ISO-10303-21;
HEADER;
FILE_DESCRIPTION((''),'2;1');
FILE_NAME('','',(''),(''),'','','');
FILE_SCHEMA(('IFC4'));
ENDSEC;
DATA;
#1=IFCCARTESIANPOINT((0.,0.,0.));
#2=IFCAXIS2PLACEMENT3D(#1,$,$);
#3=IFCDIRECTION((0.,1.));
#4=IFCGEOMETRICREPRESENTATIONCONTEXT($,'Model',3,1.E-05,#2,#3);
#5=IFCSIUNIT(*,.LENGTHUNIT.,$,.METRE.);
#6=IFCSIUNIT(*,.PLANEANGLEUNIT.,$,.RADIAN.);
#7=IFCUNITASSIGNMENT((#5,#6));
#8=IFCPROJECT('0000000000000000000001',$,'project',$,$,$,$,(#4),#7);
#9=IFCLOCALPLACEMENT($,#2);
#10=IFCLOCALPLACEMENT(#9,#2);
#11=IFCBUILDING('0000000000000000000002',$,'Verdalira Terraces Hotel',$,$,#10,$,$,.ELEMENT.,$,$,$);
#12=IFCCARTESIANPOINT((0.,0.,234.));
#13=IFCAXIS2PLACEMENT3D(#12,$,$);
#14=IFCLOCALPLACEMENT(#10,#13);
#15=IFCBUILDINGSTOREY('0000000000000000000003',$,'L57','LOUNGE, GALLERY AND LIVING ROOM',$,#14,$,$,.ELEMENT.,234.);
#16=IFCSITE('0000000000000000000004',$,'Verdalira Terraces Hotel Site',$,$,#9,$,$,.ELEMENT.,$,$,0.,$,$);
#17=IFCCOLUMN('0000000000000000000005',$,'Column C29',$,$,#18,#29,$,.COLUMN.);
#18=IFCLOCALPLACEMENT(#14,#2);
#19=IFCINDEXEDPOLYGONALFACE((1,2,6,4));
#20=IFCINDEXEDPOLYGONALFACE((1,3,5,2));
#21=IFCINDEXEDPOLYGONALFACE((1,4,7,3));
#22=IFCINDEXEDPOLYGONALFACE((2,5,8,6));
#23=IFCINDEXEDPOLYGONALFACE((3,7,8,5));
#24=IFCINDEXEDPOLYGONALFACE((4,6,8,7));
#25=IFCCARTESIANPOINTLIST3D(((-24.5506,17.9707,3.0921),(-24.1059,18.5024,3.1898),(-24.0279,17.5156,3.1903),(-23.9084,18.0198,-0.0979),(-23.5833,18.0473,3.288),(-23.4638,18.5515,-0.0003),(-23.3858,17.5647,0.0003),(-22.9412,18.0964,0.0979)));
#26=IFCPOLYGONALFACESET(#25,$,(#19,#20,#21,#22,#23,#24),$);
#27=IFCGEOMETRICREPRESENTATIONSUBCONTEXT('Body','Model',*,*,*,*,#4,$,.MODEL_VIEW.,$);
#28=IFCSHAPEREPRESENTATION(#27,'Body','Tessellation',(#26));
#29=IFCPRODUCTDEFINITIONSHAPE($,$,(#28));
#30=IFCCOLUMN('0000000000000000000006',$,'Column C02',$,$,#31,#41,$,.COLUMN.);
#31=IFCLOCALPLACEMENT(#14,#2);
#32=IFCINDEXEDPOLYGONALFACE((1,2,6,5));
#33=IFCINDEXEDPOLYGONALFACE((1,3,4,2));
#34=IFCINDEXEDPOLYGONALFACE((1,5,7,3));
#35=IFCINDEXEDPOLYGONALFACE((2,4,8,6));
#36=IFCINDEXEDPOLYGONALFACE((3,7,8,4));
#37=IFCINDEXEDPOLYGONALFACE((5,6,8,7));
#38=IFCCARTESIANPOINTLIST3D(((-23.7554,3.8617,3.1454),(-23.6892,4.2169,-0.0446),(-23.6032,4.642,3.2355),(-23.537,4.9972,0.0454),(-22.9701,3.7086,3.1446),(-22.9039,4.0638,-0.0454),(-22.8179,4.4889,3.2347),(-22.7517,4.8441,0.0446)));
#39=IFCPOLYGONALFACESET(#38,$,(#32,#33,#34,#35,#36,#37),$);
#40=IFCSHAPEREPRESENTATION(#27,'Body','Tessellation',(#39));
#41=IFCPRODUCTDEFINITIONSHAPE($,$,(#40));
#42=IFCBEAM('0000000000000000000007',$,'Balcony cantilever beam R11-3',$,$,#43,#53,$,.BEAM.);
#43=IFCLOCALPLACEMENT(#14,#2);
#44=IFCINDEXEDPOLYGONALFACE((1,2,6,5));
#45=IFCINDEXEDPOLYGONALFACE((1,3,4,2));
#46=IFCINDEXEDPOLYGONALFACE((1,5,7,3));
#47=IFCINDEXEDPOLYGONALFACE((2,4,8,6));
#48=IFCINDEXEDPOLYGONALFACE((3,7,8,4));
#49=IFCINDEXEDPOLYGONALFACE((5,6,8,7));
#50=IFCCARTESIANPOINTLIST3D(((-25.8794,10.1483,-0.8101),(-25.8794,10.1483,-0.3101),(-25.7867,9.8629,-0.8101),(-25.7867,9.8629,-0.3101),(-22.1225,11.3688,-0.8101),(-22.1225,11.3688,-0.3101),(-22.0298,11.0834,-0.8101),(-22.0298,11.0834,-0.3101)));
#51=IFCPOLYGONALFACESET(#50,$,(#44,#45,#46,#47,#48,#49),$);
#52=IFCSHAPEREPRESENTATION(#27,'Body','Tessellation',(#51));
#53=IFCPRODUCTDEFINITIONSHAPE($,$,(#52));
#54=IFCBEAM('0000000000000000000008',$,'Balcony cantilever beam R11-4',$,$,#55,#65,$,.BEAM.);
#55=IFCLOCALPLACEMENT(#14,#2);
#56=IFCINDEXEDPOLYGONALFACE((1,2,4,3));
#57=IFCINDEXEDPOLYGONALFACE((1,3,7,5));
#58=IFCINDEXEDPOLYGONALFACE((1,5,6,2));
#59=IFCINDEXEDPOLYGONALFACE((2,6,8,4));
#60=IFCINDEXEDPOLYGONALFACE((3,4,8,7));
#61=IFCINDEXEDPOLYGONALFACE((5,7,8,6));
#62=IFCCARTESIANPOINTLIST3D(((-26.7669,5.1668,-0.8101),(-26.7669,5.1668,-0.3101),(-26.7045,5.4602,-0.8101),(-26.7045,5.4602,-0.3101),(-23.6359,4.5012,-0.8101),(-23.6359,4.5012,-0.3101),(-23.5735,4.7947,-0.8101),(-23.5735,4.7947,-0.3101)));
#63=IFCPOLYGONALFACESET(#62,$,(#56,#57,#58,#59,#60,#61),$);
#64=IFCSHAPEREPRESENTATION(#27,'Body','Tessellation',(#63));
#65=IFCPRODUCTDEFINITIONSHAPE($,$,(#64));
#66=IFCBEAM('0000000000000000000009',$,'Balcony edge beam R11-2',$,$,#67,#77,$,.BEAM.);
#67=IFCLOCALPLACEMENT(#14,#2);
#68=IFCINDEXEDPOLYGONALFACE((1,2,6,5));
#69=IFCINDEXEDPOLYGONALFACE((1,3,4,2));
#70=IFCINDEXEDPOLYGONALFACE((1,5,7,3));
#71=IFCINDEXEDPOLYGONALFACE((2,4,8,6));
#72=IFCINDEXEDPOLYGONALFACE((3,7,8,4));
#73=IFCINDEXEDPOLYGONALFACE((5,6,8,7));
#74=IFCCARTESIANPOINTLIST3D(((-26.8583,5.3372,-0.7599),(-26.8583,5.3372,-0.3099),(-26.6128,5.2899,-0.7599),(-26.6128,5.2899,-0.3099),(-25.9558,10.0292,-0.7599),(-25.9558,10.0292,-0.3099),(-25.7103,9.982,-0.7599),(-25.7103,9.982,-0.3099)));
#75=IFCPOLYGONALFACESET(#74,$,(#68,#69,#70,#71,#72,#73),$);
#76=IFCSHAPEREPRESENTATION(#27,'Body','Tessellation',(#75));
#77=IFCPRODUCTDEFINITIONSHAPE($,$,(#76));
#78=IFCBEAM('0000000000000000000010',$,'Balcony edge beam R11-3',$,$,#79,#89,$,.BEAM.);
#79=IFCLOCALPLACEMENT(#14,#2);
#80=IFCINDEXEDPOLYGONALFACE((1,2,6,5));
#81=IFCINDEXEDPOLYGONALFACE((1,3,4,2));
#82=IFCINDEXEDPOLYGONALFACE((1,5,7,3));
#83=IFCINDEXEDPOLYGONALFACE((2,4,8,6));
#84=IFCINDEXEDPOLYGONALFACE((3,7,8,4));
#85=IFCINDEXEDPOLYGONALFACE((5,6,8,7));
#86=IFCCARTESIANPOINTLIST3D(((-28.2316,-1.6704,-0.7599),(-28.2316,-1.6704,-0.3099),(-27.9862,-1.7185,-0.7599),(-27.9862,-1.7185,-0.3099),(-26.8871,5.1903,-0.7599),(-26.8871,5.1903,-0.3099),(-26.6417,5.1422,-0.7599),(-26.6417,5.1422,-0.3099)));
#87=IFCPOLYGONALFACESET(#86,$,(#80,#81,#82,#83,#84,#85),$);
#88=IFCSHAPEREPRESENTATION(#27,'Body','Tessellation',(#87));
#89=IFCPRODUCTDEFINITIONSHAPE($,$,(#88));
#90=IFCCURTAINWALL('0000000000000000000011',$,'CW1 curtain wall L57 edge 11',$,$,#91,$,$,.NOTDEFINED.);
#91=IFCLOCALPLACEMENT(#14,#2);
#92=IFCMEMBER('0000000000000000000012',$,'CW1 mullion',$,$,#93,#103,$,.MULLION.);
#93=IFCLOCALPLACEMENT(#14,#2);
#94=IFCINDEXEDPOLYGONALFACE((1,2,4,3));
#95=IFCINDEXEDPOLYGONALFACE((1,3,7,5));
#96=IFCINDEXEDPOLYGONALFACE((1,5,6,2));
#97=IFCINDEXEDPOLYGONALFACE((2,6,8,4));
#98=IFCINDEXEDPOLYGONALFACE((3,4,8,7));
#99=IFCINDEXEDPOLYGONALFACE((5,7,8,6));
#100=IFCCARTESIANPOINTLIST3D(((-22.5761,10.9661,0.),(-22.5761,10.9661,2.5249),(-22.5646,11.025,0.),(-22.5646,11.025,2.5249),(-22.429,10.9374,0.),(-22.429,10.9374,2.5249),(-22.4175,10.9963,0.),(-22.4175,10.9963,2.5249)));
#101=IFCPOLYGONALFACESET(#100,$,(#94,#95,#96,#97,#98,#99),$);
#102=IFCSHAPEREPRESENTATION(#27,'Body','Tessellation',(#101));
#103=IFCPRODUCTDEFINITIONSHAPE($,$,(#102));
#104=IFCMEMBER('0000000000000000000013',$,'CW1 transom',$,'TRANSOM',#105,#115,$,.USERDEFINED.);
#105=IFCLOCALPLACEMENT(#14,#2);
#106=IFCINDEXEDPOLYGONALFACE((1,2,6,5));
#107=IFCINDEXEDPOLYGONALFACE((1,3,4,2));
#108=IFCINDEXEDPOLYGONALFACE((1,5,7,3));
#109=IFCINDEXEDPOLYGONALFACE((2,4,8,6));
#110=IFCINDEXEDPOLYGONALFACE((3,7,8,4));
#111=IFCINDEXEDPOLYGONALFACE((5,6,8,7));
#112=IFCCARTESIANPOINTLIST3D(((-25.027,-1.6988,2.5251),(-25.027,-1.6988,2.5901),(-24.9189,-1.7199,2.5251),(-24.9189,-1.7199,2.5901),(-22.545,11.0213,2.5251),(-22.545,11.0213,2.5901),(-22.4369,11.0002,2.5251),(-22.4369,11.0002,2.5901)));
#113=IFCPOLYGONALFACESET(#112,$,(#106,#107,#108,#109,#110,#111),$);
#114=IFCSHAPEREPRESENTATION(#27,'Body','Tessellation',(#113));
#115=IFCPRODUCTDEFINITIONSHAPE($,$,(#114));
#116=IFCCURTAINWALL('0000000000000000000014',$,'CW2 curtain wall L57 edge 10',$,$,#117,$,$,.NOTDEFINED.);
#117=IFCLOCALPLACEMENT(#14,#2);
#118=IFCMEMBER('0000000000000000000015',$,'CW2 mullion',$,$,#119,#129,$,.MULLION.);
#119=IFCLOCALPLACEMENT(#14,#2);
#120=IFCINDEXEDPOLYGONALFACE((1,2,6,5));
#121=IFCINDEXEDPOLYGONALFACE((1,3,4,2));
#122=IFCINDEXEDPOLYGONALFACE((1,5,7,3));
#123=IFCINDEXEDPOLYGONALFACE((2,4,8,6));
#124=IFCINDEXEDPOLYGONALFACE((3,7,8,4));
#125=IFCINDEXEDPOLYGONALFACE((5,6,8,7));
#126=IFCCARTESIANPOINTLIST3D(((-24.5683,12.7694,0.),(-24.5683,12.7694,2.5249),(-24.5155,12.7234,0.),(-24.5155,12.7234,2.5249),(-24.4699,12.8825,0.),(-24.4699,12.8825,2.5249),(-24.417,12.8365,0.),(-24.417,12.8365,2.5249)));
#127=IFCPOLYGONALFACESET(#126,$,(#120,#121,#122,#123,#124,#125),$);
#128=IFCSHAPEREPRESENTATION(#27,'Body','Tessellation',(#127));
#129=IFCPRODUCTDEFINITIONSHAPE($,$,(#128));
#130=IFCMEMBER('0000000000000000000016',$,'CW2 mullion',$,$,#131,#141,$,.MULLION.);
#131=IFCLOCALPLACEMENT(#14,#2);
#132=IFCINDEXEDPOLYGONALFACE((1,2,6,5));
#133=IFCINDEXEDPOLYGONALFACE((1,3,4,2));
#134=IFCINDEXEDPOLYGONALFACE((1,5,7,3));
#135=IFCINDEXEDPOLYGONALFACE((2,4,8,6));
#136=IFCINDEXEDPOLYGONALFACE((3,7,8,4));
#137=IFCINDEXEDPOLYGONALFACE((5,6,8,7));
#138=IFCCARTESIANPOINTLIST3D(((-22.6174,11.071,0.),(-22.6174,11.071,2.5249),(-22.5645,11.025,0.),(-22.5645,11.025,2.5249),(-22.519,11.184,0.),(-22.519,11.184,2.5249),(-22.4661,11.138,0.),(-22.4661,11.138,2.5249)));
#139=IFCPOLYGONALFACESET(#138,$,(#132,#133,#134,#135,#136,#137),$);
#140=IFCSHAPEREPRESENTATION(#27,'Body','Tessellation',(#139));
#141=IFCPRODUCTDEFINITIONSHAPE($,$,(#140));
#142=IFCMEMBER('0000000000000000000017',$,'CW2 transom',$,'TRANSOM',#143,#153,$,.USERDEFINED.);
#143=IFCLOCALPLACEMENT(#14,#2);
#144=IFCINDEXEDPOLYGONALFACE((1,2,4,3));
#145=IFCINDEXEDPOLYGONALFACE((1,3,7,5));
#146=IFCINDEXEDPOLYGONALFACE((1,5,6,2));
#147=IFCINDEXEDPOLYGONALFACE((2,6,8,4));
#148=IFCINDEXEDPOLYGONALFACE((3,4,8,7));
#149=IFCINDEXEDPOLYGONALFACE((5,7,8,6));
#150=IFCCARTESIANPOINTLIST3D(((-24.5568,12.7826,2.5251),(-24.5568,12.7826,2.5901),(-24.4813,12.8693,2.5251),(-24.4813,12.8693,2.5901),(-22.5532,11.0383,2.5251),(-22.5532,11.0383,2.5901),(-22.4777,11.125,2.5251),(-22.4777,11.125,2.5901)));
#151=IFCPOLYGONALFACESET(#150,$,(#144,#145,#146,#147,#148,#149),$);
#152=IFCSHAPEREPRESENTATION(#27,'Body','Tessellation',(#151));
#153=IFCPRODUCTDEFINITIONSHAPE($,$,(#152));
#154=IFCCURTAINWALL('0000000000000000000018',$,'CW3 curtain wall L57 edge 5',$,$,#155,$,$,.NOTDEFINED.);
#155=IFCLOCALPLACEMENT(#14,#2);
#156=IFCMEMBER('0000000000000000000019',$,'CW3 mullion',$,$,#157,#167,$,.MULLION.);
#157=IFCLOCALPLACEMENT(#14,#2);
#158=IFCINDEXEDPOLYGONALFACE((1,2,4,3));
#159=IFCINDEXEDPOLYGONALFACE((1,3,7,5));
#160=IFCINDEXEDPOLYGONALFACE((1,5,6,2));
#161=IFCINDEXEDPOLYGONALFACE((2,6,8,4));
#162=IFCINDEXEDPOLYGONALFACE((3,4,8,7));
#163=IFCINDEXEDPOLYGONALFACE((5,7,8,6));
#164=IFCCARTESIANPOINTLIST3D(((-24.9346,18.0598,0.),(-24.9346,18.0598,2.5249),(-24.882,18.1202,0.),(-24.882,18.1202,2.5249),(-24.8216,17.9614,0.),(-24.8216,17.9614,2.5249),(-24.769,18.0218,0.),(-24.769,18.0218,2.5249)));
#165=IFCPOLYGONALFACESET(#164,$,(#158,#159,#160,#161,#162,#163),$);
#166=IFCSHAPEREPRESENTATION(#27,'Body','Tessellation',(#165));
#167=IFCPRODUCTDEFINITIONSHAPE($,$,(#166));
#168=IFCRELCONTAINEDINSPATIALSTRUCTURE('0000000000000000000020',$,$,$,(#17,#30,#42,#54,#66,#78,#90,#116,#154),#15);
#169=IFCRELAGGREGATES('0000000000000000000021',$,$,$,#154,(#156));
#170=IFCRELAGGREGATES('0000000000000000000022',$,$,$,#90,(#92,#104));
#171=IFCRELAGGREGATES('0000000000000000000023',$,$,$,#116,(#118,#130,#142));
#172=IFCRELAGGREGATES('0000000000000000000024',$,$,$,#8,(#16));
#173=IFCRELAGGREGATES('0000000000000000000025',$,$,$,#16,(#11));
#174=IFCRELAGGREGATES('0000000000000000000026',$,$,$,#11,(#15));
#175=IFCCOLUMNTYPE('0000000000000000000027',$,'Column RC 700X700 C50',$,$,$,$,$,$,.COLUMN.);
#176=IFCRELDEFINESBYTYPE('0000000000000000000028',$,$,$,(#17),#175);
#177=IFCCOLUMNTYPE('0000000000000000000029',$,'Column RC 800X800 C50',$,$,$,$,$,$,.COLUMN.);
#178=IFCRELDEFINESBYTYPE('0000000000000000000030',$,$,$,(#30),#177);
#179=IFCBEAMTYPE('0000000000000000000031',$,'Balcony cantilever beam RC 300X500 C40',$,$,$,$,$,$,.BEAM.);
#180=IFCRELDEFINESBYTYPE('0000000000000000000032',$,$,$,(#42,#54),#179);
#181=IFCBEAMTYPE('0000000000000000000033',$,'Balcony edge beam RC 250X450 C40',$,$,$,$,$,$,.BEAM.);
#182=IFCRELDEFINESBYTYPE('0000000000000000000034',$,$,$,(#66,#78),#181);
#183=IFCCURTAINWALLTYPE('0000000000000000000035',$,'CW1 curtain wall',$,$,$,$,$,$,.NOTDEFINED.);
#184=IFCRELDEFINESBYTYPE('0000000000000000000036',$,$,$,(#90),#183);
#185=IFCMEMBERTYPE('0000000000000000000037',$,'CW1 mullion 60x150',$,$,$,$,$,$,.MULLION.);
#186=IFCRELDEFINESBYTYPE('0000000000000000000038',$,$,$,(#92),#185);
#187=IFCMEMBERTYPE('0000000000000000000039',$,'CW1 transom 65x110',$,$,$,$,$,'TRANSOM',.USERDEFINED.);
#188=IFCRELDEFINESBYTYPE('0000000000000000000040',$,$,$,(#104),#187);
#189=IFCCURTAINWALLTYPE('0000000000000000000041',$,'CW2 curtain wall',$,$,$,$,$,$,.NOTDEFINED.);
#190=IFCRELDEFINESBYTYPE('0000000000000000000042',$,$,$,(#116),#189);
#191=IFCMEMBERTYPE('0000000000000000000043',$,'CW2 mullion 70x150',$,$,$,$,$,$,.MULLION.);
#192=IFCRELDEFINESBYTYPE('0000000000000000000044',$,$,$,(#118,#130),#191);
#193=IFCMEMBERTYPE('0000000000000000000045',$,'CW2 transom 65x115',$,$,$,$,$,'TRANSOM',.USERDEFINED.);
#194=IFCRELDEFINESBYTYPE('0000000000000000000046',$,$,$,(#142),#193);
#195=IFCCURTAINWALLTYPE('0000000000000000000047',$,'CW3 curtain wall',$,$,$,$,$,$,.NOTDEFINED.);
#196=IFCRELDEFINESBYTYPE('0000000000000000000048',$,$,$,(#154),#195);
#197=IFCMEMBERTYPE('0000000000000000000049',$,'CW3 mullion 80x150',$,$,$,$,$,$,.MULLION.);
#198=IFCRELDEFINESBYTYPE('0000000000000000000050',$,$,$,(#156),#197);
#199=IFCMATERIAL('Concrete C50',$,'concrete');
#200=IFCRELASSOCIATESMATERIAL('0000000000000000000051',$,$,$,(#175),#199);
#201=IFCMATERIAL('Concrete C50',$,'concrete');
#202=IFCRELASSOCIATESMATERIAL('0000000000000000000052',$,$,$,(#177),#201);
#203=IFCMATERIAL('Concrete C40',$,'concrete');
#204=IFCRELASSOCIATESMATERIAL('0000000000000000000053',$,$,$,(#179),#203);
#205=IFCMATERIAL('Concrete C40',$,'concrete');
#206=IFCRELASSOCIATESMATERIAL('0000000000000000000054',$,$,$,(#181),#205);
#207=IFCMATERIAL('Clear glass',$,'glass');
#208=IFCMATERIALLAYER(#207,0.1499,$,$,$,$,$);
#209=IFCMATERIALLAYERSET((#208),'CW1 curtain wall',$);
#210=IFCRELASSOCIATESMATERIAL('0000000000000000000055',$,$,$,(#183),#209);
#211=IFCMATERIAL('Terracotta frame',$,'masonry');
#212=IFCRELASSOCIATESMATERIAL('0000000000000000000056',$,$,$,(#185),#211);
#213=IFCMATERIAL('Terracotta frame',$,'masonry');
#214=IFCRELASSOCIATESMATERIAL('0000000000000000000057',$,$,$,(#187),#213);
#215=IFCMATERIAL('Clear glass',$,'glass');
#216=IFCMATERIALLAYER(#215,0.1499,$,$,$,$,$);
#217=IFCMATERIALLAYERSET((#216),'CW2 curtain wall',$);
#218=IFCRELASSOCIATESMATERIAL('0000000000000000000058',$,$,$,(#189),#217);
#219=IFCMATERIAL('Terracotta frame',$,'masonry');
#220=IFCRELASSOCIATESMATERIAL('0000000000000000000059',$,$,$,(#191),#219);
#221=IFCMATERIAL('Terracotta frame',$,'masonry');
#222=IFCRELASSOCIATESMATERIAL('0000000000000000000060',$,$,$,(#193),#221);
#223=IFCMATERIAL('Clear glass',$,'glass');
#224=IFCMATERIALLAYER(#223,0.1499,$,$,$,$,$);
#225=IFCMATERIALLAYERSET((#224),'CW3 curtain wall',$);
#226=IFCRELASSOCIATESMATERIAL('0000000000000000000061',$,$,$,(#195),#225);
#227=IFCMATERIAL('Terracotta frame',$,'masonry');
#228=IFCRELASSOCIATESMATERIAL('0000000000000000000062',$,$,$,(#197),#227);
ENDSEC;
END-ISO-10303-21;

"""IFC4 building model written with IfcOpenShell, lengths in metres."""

from ifc_helpers import new_model, si_unit, direction, frame, origin, origin_2d, place, context, subcontext, project, spatial, rectangle, extrude, material, layer, layer_set, material_profile, profile_set, type_object, element, aggregate, save


model = new_model("IFC4")

# Units and contexts
model_context = context("Model", 3, precision=1e-05, world=origin(), true_north=direction((0.0, 1.0)))
body_context = subcontext(model_context, "Body", "Model", "MODEL_VIEW")
ifc_project = project(units=[si_unit("LENGTHUNIT", "METRE"), si_unit("PLANEANGLEUNIT", "RADIAN")], contexts=[model_context])

# Site, building, storey
site_placement = place(None, origin())
site = spatial("IfcSite", under=ifc_project, at=site_placement, Name="Verdalira Terraces Hotel Site", CompositionType="ELEMENT", RefElevation=0.0)
building_placement = place(site_placement, origin())
building = spatial("IfcBuilding", under=site, at=building_placement, Name="Verdalira Terraces Hotel", CompositionType="ELEMENT")
storey_placement = place(building_placement, frame((0.0, 0.0, 234.0)))
storey = spatial("IfcBuildingStorey", under=building, at=storey_placement, Name="L57", Description="LOUNGE, GALLERY AND LIVING ROOM", CompositionType="ELEMENT", Elevation=234.0)

# Columns
ifc_material_1 = material(Name="Concrete C50", Category="concrete")
ifc_material_profile_1 = material_profile(ifc_material_1, rectangle(XDim=0.7, YDim=0.7, at=origin_2d()), Name="RC 700X700")
ifc_profile_set_1 = profile_set([ifc_material_profile_1], Name="Concrete C50")
column_type_1 = type_object("IfcColumnType", Name="Column RC 700X700 C50", PredefinedType="COLUMN", material=ifc_profile_set_1)
column_1_placement = place(storey_placement, frame((-23.4248, 18.0581, 0.0), z_axis=(-0.197306, -0.015079, 0.980226), x_axis=(-0.635209, -0.75963, -0.139544)))
element("IfcColumn", 1, at=column_1_placement, inside=storey, type_object=column_type_1, Name="Column C29", PredefinedType="COLUMN", context=body_context, shape_type="SweptSolid", body=[
    extrude(rectangle(XDim=0.7, YDim=0.7, at=origin_2d()), origin(), (0.0, 0.0, 1.0), 3.2544),
])
ifc_material_2 = material(Name="Concrete C50", Category="concrete")
ifc_material_profile_2 = material_profile(ifc_material_2, rectangle(XDim=0.8, YDim=0.8, at=origin_2d()), Name="RC 800X800")
ifc_profile_set_2 = profile_set([ifc_material_profile_2], Name="Concrete C50")
column_type_2 = type_object("IfcColumnType", Name="Column RC 800X800 C50", PredefinedType="COLUMN", material=ifc_profile_set_2)
column_2_placement = place(storey_placement, frame((-23.2205, 4.5305, 0.0), z_axis=(-0.020609, -0.11065, 0.993646), x_axis=(-0.190224, -0.975268, -0.112549)))
element("IfcColumn", 2, at=column_2_placement, inside=storey, type_object=column_type_2, Name="Column C02", PredefinedType="COLUMN", context=body_context, shape_type="SweptSolid", body=[
    extrude(rectangle(XDim=0.8, YDim=0.8, at=origin_2d()), origin(), (0.0, 0.0, 1.0), 3.2104),
])

# Beams
ifc_material_3 = material(Name="Concrete C40", Category="concrete")
ifc_material_profile_3 = material_profile(ifc_material_3, rectangle(XDim=0.3, YDim=0.5, at=origin_2d()), Name="RC 300X500")
ifc_profile_set_3 = profile_set([ifc_material_profile_3], Name="Concrete C40")
beam_type_1 = type_object("IfcBeamType", Name="Balcony cantilever beam RC 300X500 C40", PredefinedType="BEAM", material=ifc_profile_set_3)
beam_1_placement = place(storey_placement, frame((-22.0762, 11.2261, -0.5601), z_axis=(-0.951072, -0.308969, 0.0), x_axis=(0.308969, -0.951072, 0.0)))
element("IfcBeam", 3, at=beam_1_placement, inside=storey, type_object=beam_type_1, Name="Balcony cantilever beam R11-3", PredefinedType="BEAM", context=body_context, shape_type="SweptSolid", body=[
    extrude(rectangle(XDim=0.3, YDim=0.5, at=origin_2d()), origin(), (0.0, 0.0, 1.0), 3.9502),
])
beam_2_placement = place(storey_placement, frame((-23.6047, 4.6479, -0.5601), z_axis=(-0.978145, 0.207924, 0.0), x_axis=(-0.207924, -0.978145, 0.0)))
element("IfcBeam", 4, at=beam_2_placement, inside=storey, type_object=beam_type_1, Name="Balcony cantilever beam R11-4", PredefinedType="BEAM", context=body_context, shape_type="SweptSolid", body=[
    extrude(rectangle(XDim=0.3, YDim=0.5, at=origin_2d()), origin(), (0.0, 0.0, 1.0), 3.2009),
])
ifc_material_4 = material(Name="Concrete C40", Category="concrete")
ifc_material_profile_4 = material_profile(ifc_material_4, rectangle(XDim=0.25, YDim=0.45, at=origin_2d()), Name="RC 250X450")
ifc_profile_set_4 = profile_set([ifc_material_profile_4], Name="Concrete C40")
beam_type_2 = type_object("IfcBeamType", Name="Balcony edge beam RC 250X450 C40", PredefinedType="BEAM", material=ifc_profile_set_4)
beam_3_placement = place(storey_placement, frame((-25.833, 10.0056, -0.5349), z_axis=(-0.188899, -0.981997, 0.0), x_axis=(0.981997, -0.188899, 0.0)))
element("IfcBeam", 5, at=beam_3_placement, inside=storey, type_object=beam_type_2, Name="Balcony edge beam R11-2", PredefinedType="BEAM", context=body_context, shape_type="SweptSolid", body=[
    extrude(rectangle(XDim=0.25, YDim=0.45, at=origin_2d()), origin(), (0.0, 0.0, 1.0), 4.7781),
])
beam_4_placement = place(storey_placement, frame((-26.7644, 5.1663, -0.5349), z_axis=(-0.192314, -0.981334, 0.0), x_axis=(0.981334, -0.192314, 0.0)))
element("IfcBeam", 6, at=beam_4_placement, inside=storey, type_object=beam_type_2, Name="Balcony edge beam R11-3", PredefinedType="BEAM", context=body_context, shape_type="SweptSolid", body=[
    extrude(rectangle(XDim=0.25, YDim=0.45, at=origin_2d()), origin(), (0.0, 0.0, 1.0), 6.9912),
])

# Curtain walls, members
ifc_material_5 = material(Name="Clear glass", Category="glass")
ifc_layer_1 = layer(ifc_material_5, 0.1499)
ifc_layer_set_1 = layer_set([ifc_layer_1], Name="CW1 curtain wall")
curtain_wall_type_1 = type_object("IfcCurtainWallType", Name="CW1 curtain wall", PredefinedType="NOTDEFINED", material=ifc_layer_set_1)
curtain_wall_1_placement = place(storey_placement, origin())
curtain_wall_1 = element("IfcCurtainWall", 7, at=curtain_wall_1_placement, inside=storey, type_object=curtain_wall_type_1, Name="CW1 curtain wall L57 edge 11", PredefinedType="NOTDEFINED")
ifc_material_6 = material(Name="Terracotta frame", Category="masonry")
ifc_material_profile_5 = material_profile(ifc_material_6, rectangle(XDim=0.0601, YDim=0.1499, at=origin_2d()), Name="MU 60x150")
ifc_profile_set_5 = profile_set([ifc_material_profile_5], Name="Terracotta frame")
member_type_1 = type_object("IfcMemberType", Name="CW1 mullion 60x150", PredefinedType="MULLION", material=ifc_profile_set_5)
member_1_placement = place(storey_placement, frame((-22.4968, 10.9812, 0.0), z_axis=(0.0, 0.0, 1.0), x_axis=(-0.191494, -0.981494, 0.0)))
member_1 = element("IfcMember", 8, at=member_1_placement, type_object=member_type_1, Name="CW1 mullion", PredefinedType="MULLION", context=body_context, shape_type="SweptSolid", body=[
    extrude(rectangle(XDim=0.0601, YDim=0.1499, at=origin_2d()), origin(), (0.0, 0.0, 1.0), 2.5249),
])
ifc_material_7 = material(Name="Terracotta frame", Category="masonry")
ifc_material_profile_6 = material_profile(ifc_material_7, rectangle(XDim=0.1101, YDim=0.0649, at=origin_2d()), Name="TR 65x110")
ifc_profile_set_6 = profile_set([ifc_material_profile_6], Name="Terracotta frame")
member_type_2 = type_object("IfcMemberType", Name="CW1 transom 65x110", ElementType="TRANSOM", PredefinedType="USERDEFINED", material=ifc_profile_set_6)
member_2_placement = place(storey_placement, frame((-22.491, 11.0107, 2.5576), z_axis=(-0.191509, -0.981491, 0.0), x_axis=(0.981491, -0.191509, 0.0)))
member_2 = element("IfcMember", 9, at=member_2_placement, type_object=member_type_2, Name="CW1 transom", ObjectType="TRANSOM", PredefinedType="USERDEFINED", context=body_context, shape_type="SweptSolid", body=[
    extrude(rectangle(XDim=0.1101, YDim=0.0649, at=origin_2d()), origin(), (0.0, 0.0, 1.0), 12.96),
])
ifc_material_8 = material(Name="Clear glass", Category="glass")
ifc_layer_2 = layer(ifc_material_8, 0.1499)
ifc_layer_set_2 = layer_set([ifc_layer_2], Name="CW2 curtain wall")
curtain_wall_type_2 = type_object("IfcCurtainWallType", Name="CW2 curtain wall", PredefinedType="NOTDEFINED", material=ifc_layer_set_2)
curtain_wall_2_placement = place(storey_placement, origin())
curtain_wall_2 = element("IfcCurtainWall", 10, at=curtain_wall_2_placement, inside=storey, type_object=curtain_wall_type_2, Name="CW2 curtain wall L57 edge 10", PredefinedType="NOTDEFINED")
ifc_material_9 = material(Name="Terracotta frame", Category="masonry")
ifc_material_profile_7 = material_profile(ifc_material_9, rectangle(XDim=0.0701, YDim=0.1499, at=origin_2d()), Name="MU 70x150")
ifc_profile_set_7 = profile_set([ifc_material_profile_7], Name="Terracotta frame")
member_type_3 = type_object("IfcMemberType", Name="CW2 mullion 70x150", PredefinedType="MULLION", material=ifc_profile_set_7)
member_3_placement = place(storey_placement, frame((-24.4927, 12.803, 0.0), z_axis=(0.0, 0.0, 1.0), x_axis=(0.754251, -0.656586, 0.0)))
member_3 = element("IfcMember", 11, at=member_3_placement, type_object=member_type_3, Name="CW2 mullion", PredefinedType="MULLION", context=body_context, shape_type="SweptSolid", body=[
    extrude(rectangle(XDim=0.0701, YDim=0.1499, at=origin_2d()), origin(), (0.0, 0.0, 1.0), 2.5249),
])
member_4_placement = place(storey_placement, frame((-22.5417, 11.1045, 0.0), z_axis=(0.0, 0.0, 1.0), x_axis=(0.754251, -0.656586, 0.0)))
member_4 = element("IfcMember", 12, at=member_4_placement, type_object=member_type_3, Name="CW2 mullion", PredefinedType="MULLION", context=body_context, shape_type="SweptSolid", body=[
    extrude(rectangle(XDim=0.0701, YDim=0.1499, at=origin_2d()), origin(), (0.0, 0.0, 1.0), 2.5249),
])
ifc_material_10 = material(Name="Terracotta frame", Category="masonry")
ifc_material_profile_8 = material_profile(ifc_material_10, rectangle(XDim=0.115, YDim=0.0649, at=origin_2d()), Name="TR 65x115")
ifc_profile_set_8 = profile_set([ifc_material_profile_8], Name="Terracotta frame")
member_type_4 = type_object("IfcMemberType", Name="CW2 transom 65x115", ElementType="TRANSOM", PredefinedType="USERDEFINED", material=ifc_profile_set_8)
member_5_placement = place(storey_placement, frame((-24.519, 12.8259, 2.5576), z_axis=(0.75422, -0.656622, 0.0), x_axis=(0.656622, 0.75422, 0.0)))
member_5 = element("IfcMember", 13, at=member_5_placement, type_object=member_type_4, Name="CW2 transom", ObjectType="TRANSOM", PredefinedType="USERDEFINED", context=body_context, shape_type="SweptSolid", body=[
    extrude(rectangle(XDim=0.115, YDim=0.0649, at=origin_2d()), origin(), (0.0, 0.0, 1.0), 2.6565),
])

# Curtain wall, member
ifc_material_11 = material(Name="Clear glass", Category="glass")
ifc_layer_3 = layer(ifc_material_11, 0.1499)
ifc_layer_set_3 = layer_set([ifc_layer_3], Name="CW3 curtain wall")
curtain_wall_type_3 = type_object("IfcCurtainWallType", Name="CW3 curtain wall", PredefinedType="NOTDEFINED", material=ifc_layer_set_3)
curtain_wall_3_placement = place(storey_placement, origin())
curtain_wall_3 = element("IfcCurtainWall", 14, at=curtain_wall_3_placement, inside=storey, type_object=curtain_wall_type_3, Name="CW3 curtain wall L57 edge 5", PredefinedType="NOTDEFINED")
ifc_material_12 = material(Name="Terracotta frame", Category="masonry")
ifc_material_profile_9 = material_profile(ifc_material_12, rectangle(XDim=0.0801, YDim=0.1499, at=origin_2d()), Name="MU 80x150")
ifc_profile_set_9 = profile_set([ifc_material_profile_9], Name="Terracotta frame")
member_type_5 = type_object("IfcMemberType", Name="CW3 mullion 80x150", PredefinedType="MULLION", material=ifc_profile_set_9)
member_6_placement = place(storey_placement, frame((-24.8518, 18.0408, 0.0), z_axis=(0.0, 0.0, 1.0), x_axis=(-0.656586, -0.754251, 0.0)))
member_6 = element("IfcMember", 15, at=member_6_placement, type_object=member_type_5, Name="CW3 mullion", PredefinedType="MULLION", context=body_context, shape_type="SweptSolid", body=[
    extrude(rectangle(XDim=0.0801, YDim=0.1499, at=origin_2d()), origin(), (0.0, 0.0, 1.0), 2.5249),
])
aggregate(curtain_wall_3, [member_6])

aggregate(curtain_wall_1, [member_1, member_2])
aggregate(curtain_wall_2, [member_3, member_4, member_5])

save(model, "model.ifc")
